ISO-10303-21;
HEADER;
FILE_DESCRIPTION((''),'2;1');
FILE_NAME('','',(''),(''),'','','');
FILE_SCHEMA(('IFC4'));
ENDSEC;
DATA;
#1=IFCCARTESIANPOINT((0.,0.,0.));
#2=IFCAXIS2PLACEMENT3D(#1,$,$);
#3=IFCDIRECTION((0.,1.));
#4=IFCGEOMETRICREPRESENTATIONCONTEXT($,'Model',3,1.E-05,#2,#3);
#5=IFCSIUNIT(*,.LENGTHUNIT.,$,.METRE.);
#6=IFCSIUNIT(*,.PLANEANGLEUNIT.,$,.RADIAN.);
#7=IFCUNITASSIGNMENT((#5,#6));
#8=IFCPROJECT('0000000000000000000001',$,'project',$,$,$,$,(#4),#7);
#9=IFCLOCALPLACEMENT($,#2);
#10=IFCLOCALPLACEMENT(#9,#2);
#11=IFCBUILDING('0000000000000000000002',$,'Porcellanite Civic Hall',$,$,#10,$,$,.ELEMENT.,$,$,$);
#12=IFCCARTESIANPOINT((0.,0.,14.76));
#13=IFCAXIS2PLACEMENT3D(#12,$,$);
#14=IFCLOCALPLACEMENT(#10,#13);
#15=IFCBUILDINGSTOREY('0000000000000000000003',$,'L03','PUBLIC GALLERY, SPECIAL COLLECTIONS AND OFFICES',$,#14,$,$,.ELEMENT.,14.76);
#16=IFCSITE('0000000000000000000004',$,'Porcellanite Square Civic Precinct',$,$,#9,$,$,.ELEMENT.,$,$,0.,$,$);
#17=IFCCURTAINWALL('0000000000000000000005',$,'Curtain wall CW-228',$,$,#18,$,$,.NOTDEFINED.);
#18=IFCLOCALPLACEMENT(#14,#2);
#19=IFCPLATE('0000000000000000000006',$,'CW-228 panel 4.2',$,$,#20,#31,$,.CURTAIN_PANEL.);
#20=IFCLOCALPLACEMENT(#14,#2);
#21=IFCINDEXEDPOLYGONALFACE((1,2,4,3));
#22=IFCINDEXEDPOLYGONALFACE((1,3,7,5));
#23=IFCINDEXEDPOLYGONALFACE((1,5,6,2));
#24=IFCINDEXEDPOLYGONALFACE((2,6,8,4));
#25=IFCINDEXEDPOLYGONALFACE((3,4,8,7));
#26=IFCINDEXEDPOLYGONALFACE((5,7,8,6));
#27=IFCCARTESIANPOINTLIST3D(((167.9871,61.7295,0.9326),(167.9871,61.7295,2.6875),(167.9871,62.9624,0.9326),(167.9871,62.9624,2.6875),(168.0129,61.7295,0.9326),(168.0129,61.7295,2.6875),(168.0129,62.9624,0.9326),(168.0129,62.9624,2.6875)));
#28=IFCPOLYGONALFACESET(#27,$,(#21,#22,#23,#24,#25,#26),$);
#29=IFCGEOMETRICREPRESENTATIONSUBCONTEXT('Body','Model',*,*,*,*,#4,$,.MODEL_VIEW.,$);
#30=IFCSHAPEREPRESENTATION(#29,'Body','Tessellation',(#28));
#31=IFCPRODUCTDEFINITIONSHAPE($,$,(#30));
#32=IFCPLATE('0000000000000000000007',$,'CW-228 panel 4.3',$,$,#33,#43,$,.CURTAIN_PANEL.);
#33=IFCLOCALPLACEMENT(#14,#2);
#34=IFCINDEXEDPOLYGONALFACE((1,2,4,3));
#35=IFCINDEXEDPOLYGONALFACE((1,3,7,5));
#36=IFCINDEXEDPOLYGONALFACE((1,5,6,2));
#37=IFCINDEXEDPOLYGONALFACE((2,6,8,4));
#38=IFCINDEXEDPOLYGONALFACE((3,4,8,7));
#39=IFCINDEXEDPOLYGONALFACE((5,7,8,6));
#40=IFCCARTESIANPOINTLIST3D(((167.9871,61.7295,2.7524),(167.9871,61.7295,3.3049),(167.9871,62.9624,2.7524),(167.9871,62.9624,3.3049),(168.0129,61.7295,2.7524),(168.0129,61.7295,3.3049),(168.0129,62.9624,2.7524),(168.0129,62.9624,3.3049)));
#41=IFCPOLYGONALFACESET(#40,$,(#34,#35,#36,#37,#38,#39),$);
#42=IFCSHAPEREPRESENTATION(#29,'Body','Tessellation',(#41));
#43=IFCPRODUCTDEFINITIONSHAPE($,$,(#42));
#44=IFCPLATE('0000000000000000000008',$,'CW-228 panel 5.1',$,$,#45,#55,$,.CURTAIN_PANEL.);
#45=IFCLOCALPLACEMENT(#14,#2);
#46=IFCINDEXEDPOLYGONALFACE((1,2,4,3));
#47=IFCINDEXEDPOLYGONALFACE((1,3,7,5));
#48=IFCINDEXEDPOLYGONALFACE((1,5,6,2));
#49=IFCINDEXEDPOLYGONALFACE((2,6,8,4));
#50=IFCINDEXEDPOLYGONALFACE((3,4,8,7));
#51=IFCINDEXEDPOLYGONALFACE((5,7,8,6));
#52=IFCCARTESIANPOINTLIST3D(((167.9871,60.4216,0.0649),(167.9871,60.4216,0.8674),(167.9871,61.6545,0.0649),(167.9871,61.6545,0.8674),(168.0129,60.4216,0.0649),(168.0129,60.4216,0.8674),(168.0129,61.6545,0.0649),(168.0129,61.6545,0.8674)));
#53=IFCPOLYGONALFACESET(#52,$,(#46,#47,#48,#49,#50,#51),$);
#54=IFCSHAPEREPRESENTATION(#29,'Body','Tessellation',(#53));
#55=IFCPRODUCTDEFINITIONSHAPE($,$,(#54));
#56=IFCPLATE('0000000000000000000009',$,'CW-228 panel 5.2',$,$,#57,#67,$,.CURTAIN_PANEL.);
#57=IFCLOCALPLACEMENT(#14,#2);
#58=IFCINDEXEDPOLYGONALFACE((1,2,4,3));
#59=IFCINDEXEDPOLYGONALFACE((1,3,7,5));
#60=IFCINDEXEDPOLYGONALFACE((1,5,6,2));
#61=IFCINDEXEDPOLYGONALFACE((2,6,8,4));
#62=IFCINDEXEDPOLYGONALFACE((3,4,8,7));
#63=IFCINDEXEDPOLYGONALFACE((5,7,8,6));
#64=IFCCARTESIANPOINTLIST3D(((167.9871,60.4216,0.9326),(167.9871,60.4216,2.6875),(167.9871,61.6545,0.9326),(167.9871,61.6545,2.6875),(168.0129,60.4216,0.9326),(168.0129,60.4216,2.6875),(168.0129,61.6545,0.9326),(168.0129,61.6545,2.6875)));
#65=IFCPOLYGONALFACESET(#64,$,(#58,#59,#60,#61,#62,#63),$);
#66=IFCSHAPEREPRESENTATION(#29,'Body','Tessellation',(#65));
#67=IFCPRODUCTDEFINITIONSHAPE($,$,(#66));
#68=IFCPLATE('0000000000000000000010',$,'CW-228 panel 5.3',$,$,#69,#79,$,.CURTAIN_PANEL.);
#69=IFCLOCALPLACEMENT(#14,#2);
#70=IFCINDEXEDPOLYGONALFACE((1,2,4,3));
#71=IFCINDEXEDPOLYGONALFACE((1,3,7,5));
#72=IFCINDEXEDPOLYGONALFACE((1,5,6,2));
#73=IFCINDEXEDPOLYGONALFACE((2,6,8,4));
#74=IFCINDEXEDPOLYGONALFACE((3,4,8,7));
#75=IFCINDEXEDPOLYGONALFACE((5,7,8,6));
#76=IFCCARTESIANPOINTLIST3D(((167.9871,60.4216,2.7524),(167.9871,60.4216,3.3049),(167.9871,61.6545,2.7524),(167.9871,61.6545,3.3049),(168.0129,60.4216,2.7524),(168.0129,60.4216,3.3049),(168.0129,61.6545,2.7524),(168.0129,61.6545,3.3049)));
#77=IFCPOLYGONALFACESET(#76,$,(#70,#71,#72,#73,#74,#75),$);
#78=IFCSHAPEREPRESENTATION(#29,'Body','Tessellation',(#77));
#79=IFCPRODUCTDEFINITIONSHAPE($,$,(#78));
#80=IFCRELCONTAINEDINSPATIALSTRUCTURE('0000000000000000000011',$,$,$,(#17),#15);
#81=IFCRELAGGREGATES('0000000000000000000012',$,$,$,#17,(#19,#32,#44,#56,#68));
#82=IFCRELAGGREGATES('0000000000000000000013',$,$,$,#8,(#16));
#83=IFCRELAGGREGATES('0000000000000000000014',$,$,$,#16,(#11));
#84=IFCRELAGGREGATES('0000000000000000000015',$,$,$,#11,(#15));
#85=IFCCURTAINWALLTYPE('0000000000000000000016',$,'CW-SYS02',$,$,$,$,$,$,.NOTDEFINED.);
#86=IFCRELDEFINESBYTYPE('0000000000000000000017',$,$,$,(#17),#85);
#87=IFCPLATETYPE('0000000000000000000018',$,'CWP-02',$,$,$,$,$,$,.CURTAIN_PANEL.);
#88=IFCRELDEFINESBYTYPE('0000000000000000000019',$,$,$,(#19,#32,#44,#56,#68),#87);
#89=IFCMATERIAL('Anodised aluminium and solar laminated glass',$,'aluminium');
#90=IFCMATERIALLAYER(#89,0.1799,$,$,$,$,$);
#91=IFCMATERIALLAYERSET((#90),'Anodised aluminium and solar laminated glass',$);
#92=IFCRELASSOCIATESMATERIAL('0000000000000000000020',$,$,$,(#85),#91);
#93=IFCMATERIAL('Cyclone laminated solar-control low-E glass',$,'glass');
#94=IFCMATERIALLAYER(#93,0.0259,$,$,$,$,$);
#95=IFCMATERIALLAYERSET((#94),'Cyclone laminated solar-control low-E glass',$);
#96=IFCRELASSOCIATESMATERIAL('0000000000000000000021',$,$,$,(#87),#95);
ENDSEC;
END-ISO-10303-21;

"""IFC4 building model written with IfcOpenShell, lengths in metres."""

from ifc_helpers import new_model, si_unit, direction, frame, origin, origin_2d, place, context, subcontext, project, spatial, rectangle, extrude, material, layer, layer_set, type_object, element, aggregate, save


model = new_model("IFC4")

# Units and contexts
model_context = context("Model", 3, precision=1e-05, world=origin(), true_north=direction((0.0, 1.0)))
body_context = subcontext(model_context, "Body", "Model", "MODEL_VIEW")
ifc_project = project(units=[si_unit("LENGTHUNIT", "METRE"), si_unit("PLANEANGLEUNIT", "RADIAN")], contexts=[model_context])

# Site, building, storey
site_placement = place(None, origin())
site = spatial("IfcSite", under=ifc_project, at=site_placement, Name="Porcellanite Square Civic Precinct", CompositionType="ELEMENT", RefElevation=0.0)
building_placement = place(site_placement, origin())
building = spatial("IfcBuilding", under=site, at=building_placement, Name="Porcellanite Civic Hall", CompositionType="ELEMENT")
storey_placement = place(building_placement, frame((0.0, 0.0, 14.76)))
storey = spatial("IfcBuildingStorey", under=building, at=storey_placement, Name="L03", Description="PUBLIC GALLERY, SPECIAL COLLECTIONS AND OFFICES", CompositionType="ELEMENT", Elevation=14.76)

# Curtain wall
ifc_material_1 = material(Name="Anodised aluminium and solar laminated glass", Category="aluminium")
ifc_layer_1 = layer(ifc_material_1, 0.1799)
ifc_layer_set_1 = layer_set([ifc_layer_1], Name="Anodised aluminium and solar laminated glass")
curtain_wall_type = type_object("IfcCurtainWallType", Name="CW-SYS02", PredefinedType="NOTDEFINED", material=ifc_layer_set_1)
curtain_wall_placement = place(storey_placement, origin())
curtain_wall = element("IfcCurtainWall", 1, at=curtain_wall_placement, inside=storey, type_object=curtain_wall_type, Name="Curtain wall CW-228", PredefinedType="NOTDEFINED")

# Plates
ifc_material_2 = material(Name="Cyclone laminated solar-control low-E glass", Category="glass")
ifc_layer_2 = layer(ifc_material_2, 0.0259)
ifc_layer_set_2 = layer_set([ifc_layer_2], Name="Cyclone laminated solar-control low-E glass")
plate_type = type_object("IfcPlateType", Name="CWP-02", PredefinedType="CURTAIN_PANEL", material=ifc_layer_set_2)
plate_1_placement = place(storey_placement, frame((168.0, 62.3459, 0.9326), z_axis=(0.0, 0.0, 1.0), x_axis=(0.0, -1.0, 0.0)))
plate_1 = element("IfcPlate", 2, at=plate_1_placement, type_object=plate_type, Name="CW-228 panel 4.2", PredefinedType="CURTAIN_PANEL", context=body_context, shape_type="SweptSolid", body=[
    extrude(rectangle(XDim=1.2329, YDim=0.0259, at=origin_2d()), origin(), (0.0, 0.0, 1.0), 1.7549),
])
plate_2_placement = place(storey_placement, frame((168.0, 62.3459, 2.7524), z_axis=(0.0, 0.0, 1.0), x_axis=(0.0, -1.0, 0.0)))
plate_2 = element("IfcPlate", 3, at=plate_2_placement, type_object=plate_type, Name="CW-228 panel 4.3", PredefinedType="CURTAIN_PANEL", context=body_context, shape_type="SweptSolid", body=[
    extrude(rectangle(XDim=1.2329, YDim=0.0259, at=origin_2d()), origin(), (0.0, 0.0, 1.0), 0.5525),
])
plate_3_placement = place(storey_placement, frame((168.0, 61.0381, 0.0649), z_axis=(0.0, 0.0, 1.0), x_axis=(0.0, -1.0, 0.0)))
plate_3 = element("IfcPlate", 4, at=plate_3_placement, type_object=plate_type, Name="CW-228 panel 5.1", PredefinedType="CURTAIN_PANEL", context=body_context, shape_type="SweptSolid", body=[
    extrude(rectangle(XDim=1.2329, YDim=0.0259, at=origin_2d()), origin(), (0.0, 0.0, 1.0), 0.8025),
])
plate_4_placement = place(storey_placement, frame((168.0, 61.0381, 0.9326), z_axis=(0.0, 0.0, 1.0), x_axis=(0.0, -1.0, 0.0)))
plate_4 = element("IfcPlate", 5, at=plate_4_placement, type_object=plate_type, Name="CW-228 panel 5.2", PredefinedType="CURTAIN_PANEL", context=body_context, shape_type="SweptSolid", body=[
    extrude(rectangle(XDim=1.2329, YDim=0.0259, at=origin_2d()), origin(), (0.0, 0.0, 1.0), 1.7549),
])
plate_5_placement = place(storey_placement, frame((168.0, 61.0381, 2.7524), z_axis=(0.0, 0.0, 1.0), x_axis=(0.0, -1.0, 0.0)))
plate_5 = element("IfcPlate", 6, at=plate_5_placement, type_object=plate_type, Name="CW-228 panel 5.3", PredefinedType="CURTAIN_PANEL", context=body_context, shape_type="SweptSolid", body=[
    extrude(rectangle(XDim=1.2329, YDim=0.0259, at=origin_2d()), origin(), (0.0, 0.0, 1.0), 0.5525),
])
aggregate(curtain_wall, [plate_1, plate_2, plate_3, plate_4, plate_5])

save(model, "model.ifc")
